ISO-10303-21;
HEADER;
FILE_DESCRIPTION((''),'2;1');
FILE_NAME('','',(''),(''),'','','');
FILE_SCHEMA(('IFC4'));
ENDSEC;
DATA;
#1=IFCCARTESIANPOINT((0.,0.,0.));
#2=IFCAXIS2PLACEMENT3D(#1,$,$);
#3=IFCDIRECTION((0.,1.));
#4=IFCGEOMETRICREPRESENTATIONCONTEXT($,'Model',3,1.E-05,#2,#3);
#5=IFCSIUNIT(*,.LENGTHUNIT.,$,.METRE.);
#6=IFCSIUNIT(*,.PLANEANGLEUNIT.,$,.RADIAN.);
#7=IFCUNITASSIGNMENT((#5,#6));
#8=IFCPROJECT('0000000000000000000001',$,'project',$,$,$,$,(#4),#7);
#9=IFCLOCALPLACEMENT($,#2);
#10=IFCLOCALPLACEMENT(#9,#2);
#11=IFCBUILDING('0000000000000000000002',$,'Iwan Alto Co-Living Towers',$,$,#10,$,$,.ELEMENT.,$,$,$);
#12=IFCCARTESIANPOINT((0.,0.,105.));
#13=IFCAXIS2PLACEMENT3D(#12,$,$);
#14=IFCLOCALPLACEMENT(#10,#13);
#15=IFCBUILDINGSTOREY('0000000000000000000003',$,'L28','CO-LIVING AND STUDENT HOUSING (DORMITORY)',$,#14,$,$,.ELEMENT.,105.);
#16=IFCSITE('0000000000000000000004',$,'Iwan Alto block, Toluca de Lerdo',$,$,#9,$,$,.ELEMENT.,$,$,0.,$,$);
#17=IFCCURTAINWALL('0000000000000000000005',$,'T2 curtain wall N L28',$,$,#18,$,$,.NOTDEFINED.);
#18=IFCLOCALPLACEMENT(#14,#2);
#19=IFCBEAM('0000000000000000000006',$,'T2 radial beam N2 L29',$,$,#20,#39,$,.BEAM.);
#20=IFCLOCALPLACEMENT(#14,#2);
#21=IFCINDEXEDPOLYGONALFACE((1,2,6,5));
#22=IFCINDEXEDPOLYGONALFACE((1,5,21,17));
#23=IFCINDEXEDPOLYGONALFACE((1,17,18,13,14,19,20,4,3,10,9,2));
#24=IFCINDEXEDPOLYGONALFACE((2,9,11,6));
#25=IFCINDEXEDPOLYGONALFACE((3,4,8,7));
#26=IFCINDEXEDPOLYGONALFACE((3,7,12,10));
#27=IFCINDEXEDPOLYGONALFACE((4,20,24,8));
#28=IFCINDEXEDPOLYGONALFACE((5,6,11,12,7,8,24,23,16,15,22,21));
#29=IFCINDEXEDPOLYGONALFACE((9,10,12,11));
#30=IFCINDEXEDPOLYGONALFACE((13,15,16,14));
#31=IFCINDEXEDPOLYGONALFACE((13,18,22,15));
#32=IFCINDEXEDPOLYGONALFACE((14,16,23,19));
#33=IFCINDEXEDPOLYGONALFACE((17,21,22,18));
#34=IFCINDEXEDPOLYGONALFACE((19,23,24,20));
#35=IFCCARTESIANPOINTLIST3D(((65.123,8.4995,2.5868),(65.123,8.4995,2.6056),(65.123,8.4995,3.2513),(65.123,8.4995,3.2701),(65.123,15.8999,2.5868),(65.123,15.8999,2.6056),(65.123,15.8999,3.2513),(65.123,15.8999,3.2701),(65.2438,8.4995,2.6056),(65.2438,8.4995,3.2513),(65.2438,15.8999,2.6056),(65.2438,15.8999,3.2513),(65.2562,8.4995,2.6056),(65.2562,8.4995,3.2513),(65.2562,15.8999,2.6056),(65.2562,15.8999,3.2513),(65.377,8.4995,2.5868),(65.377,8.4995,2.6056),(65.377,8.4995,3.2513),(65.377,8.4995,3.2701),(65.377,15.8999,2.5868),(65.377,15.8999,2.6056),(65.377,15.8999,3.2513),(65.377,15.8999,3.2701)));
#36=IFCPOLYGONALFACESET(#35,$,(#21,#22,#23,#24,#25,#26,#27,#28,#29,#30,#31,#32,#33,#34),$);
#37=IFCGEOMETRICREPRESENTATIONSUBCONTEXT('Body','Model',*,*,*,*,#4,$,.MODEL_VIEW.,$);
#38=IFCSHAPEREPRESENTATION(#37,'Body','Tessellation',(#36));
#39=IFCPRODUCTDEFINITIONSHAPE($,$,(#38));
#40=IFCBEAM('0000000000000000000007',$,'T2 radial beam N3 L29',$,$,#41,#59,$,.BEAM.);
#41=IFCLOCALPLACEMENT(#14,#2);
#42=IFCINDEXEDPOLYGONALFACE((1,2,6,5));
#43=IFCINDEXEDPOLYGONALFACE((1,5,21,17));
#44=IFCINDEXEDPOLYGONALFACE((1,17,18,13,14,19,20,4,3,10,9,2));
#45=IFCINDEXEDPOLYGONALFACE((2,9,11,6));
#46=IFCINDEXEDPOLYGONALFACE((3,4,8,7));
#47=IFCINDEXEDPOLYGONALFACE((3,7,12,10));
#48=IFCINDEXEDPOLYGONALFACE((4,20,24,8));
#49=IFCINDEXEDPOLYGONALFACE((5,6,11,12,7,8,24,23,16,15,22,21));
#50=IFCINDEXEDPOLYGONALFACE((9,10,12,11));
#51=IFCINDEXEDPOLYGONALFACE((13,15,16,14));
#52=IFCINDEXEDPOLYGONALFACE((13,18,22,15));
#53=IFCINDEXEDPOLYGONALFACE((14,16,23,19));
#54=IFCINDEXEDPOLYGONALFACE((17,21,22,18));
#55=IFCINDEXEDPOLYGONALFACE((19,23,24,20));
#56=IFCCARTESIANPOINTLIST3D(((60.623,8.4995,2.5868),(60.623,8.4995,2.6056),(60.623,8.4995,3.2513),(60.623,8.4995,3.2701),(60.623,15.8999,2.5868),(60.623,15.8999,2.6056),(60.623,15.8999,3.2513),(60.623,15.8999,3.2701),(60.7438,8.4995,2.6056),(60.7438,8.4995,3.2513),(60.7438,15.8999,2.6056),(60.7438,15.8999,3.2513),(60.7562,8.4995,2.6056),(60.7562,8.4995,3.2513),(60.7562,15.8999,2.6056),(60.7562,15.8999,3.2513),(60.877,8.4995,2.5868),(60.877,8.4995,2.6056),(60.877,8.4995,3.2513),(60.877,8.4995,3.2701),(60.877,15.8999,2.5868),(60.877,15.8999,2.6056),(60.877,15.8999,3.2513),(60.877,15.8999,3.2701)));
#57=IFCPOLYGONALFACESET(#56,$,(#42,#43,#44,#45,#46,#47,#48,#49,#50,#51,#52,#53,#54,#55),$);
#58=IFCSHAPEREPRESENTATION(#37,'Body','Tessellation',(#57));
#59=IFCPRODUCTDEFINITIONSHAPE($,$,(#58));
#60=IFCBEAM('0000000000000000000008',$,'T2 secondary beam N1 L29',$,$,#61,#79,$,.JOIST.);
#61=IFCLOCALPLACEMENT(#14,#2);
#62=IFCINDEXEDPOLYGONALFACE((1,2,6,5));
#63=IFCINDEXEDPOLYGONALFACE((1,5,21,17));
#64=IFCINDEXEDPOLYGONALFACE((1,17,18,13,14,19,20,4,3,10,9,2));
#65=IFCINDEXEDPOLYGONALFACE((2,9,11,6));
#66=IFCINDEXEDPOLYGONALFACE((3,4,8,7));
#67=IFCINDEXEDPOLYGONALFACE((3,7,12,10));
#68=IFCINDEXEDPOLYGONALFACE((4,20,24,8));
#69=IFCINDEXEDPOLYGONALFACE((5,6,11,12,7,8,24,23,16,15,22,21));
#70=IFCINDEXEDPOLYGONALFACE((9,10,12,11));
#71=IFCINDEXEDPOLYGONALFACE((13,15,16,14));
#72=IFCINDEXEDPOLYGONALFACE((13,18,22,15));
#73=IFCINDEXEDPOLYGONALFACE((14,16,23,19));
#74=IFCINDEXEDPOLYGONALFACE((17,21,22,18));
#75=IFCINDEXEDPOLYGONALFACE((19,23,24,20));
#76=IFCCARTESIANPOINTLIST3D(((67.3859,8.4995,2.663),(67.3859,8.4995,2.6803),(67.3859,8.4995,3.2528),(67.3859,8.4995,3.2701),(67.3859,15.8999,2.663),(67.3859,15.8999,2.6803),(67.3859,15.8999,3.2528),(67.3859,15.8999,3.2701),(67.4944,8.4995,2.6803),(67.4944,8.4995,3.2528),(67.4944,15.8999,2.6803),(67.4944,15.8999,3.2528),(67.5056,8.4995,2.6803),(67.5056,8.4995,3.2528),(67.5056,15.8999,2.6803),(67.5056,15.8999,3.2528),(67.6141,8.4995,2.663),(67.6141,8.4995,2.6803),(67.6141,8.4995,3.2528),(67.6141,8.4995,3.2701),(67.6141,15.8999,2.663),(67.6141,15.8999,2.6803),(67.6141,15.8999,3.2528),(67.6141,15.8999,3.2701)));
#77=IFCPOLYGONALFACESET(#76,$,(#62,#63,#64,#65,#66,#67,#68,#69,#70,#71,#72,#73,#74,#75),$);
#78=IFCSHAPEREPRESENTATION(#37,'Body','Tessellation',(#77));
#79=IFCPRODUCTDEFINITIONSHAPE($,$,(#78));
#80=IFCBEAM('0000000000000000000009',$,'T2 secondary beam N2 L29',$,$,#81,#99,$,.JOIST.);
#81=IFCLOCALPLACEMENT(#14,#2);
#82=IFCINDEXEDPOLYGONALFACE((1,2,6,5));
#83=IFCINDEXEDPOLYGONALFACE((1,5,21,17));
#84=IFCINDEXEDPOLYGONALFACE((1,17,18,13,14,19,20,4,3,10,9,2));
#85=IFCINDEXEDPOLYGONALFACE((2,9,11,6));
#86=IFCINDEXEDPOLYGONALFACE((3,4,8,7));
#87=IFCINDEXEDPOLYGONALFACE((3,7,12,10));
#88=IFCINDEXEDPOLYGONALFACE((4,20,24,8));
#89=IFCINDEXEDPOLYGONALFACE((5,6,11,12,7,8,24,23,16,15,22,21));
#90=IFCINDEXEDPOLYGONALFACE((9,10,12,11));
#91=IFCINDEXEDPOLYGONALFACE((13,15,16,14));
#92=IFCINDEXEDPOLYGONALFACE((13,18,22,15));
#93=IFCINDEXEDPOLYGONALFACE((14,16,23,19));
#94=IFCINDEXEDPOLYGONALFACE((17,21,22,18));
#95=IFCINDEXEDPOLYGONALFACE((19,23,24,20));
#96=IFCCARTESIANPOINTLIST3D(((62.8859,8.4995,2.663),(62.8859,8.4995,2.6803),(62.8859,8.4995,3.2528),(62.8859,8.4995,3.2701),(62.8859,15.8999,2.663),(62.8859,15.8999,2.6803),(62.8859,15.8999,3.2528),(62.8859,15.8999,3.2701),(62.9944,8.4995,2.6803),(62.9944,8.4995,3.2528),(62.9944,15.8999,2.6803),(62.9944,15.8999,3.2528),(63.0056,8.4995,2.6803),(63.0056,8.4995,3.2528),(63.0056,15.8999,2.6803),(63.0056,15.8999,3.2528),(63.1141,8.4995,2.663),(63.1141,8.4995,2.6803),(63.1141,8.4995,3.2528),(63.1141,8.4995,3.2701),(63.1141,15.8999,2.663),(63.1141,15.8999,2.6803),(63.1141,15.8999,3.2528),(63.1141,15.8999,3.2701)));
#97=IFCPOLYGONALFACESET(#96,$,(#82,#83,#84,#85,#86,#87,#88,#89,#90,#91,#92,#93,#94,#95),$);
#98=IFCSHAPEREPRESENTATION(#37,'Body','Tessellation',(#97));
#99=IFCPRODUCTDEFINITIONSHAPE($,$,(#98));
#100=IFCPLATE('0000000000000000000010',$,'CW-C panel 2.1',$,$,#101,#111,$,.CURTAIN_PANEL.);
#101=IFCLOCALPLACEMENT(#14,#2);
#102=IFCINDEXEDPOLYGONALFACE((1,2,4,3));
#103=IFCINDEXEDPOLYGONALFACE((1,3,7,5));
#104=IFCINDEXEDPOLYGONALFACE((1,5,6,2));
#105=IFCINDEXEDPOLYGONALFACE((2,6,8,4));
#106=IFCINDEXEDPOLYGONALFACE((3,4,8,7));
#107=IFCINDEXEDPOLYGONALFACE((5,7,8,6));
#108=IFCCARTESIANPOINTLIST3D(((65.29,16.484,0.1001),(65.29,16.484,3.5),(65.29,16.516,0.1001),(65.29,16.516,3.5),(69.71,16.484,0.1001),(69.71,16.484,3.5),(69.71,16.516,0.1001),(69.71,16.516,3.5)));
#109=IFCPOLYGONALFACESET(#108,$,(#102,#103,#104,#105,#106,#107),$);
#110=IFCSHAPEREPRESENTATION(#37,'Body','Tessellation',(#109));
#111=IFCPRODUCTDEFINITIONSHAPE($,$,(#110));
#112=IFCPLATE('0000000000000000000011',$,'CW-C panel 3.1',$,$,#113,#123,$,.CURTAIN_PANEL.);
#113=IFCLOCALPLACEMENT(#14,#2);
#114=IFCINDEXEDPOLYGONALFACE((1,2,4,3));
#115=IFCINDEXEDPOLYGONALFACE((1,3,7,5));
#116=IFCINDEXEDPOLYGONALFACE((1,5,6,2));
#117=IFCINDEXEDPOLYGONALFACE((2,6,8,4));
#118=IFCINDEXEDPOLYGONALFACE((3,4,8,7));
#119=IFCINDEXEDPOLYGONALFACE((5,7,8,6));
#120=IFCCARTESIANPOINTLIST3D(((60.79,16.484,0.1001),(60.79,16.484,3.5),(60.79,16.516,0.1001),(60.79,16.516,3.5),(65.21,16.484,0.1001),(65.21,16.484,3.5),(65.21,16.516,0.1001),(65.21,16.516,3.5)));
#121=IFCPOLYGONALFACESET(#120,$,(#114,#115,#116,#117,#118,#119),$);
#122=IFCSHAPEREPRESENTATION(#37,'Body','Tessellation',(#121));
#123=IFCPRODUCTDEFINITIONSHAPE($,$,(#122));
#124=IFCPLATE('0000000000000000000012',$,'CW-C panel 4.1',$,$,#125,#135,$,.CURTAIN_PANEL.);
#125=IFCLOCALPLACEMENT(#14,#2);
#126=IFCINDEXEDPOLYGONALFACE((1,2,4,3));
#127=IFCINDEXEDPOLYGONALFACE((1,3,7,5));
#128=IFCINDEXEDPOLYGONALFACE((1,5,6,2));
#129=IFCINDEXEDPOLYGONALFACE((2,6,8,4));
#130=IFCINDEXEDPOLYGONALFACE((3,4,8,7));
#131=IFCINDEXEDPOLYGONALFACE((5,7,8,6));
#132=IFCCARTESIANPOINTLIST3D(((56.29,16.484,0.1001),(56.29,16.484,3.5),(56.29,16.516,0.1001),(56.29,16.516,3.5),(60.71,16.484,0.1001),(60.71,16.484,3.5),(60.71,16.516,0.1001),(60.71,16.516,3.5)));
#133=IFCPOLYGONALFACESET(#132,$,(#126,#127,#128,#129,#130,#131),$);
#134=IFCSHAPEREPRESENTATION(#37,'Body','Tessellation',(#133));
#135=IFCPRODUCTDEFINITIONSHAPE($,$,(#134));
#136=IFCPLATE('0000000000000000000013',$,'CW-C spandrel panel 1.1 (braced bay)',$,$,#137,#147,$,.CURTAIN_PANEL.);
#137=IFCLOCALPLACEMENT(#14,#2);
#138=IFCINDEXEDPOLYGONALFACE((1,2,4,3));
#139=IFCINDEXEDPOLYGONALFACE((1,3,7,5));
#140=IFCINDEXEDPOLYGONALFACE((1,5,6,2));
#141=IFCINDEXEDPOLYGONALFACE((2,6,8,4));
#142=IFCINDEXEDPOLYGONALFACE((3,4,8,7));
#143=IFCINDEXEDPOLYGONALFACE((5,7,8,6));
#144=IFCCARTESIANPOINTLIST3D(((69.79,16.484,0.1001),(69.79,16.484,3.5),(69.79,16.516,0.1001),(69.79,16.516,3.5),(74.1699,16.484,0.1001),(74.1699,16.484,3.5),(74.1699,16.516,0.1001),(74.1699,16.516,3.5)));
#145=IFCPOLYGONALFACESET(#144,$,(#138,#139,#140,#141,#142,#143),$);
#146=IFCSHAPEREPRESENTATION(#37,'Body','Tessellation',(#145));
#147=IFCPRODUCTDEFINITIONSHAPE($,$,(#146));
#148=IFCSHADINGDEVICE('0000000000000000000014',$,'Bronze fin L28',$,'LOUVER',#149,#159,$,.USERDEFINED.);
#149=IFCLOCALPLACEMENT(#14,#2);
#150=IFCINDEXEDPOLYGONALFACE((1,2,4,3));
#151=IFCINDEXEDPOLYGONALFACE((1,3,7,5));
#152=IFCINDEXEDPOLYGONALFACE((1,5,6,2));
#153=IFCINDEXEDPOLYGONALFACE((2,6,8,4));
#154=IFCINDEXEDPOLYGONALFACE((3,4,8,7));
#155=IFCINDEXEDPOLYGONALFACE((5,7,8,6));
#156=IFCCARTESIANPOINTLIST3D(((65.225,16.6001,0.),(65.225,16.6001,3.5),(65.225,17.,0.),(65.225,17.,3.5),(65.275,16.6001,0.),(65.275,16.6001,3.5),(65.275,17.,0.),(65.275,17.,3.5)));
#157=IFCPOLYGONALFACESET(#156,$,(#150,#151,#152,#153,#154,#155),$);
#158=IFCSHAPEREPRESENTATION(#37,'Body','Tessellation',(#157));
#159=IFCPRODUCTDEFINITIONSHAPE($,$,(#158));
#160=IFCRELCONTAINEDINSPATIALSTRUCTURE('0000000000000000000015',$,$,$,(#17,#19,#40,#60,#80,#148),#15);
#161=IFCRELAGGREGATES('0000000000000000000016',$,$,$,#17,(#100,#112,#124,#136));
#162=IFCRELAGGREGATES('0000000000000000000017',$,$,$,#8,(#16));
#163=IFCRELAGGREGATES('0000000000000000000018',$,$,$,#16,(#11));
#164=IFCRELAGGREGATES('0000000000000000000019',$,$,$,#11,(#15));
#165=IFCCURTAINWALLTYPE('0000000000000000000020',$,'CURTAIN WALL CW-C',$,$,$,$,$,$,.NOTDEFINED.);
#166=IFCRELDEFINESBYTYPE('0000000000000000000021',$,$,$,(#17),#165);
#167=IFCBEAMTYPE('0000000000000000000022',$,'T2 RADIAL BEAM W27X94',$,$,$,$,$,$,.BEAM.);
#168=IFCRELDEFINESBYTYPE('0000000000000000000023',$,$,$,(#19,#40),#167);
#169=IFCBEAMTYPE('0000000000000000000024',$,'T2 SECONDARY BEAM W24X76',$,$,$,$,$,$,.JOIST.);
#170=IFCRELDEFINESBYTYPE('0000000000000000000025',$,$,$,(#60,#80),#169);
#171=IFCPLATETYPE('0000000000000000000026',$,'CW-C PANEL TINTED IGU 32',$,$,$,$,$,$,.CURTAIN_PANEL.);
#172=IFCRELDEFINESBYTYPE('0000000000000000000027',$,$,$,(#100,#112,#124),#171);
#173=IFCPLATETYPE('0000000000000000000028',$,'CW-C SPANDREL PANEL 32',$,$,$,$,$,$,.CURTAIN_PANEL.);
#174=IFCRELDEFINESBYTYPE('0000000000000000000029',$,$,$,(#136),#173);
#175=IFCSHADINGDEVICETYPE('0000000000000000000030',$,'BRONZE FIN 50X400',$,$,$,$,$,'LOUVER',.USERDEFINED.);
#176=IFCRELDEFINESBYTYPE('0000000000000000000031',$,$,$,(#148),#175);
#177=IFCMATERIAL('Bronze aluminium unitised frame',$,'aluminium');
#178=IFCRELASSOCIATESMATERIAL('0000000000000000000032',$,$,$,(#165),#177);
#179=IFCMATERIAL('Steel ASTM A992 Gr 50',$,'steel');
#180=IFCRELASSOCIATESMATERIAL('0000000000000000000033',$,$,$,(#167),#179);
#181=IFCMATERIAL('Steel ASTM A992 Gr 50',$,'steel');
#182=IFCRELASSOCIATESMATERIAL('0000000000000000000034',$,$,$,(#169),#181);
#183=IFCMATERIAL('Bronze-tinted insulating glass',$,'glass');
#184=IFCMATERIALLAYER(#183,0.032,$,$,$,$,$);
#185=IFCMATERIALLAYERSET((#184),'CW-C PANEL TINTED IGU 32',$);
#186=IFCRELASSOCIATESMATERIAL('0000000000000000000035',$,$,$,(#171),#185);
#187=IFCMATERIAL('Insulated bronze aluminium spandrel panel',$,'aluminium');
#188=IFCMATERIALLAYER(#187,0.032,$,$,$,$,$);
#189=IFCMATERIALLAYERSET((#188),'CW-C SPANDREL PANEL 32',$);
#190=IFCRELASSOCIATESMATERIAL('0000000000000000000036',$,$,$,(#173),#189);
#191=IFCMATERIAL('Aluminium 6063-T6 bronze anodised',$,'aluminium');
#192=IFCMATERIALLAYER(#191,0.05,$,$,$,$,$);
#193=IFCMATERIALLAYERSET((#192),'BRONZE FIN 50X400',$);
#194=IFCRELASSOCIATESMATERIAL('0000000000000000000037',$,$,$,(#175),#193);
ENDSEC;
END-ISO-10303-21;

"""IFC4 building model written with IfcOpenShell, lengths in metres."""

from ifc_helpers import new_model, si_unit, direction, frame, origin, origin_2d, place, context, subcontext, project, spatial, rectangle, i_section, extrude, material, layer, layer_set, material_profile, profile_set, type_object, element, aggregate, save


model = new_model("IFC4")

# Units and contexts
model_context = context("Model", 3, precision=1e-05, world=origin(), true_north=direction((0.0, 1.0)))
body_context = subcontext(model_context, "Body", "Model", "MODEL_VIEW")
ifc_project = project(units=[si_unit("LENGTHUNIT", "METRE"), si_unit("PLANEANGLEUNIT", "RADIAN")], contexts=[model_context])

# Site, building, storey
site_placement = place(None, origin())
site = spatial("IfcSite", under=ifc_project, at=site_placement, Name="Iwan Alto block, Toluca de Lerdo", CompositionType="ELEMENT", RefElevation=0.0)
building_placement = place(site_placement, origin())
building = spatial("IfcBuilding", under=site, at=building_placement, Name="Iwan Alto Co-Living Towers", CompositionType="ELEMENT")
storey_placement = place(building_placement, frame((0.0, 0.0, 105.0)))
storey = spatial("IfcBuildingStorey", under=building, at=storey_placement, Name="L28", Description="CO-LIVING AND STUDENT HOUSING (DORMITORY)", CompositionType="ELEMENT", Elevation=105.0)

# Curtain wall
ifc_material_1 = material(Name="Bronze aluminium unitised frame", Category="aluminium")
curtain_wall_type = type_object("IfcCurtainWallType", Name="CURTAIN WALL CW-C", PredefinedType="NOTDEFINED", material=ifc_material_1)
curtain_wall_placement = place(storey_placement, origin())
curtain_wall = element("IfcCurtainWall", 1, at=curtain_wall_placement, inside=storey, type_object=curtain_wall_type, Name="T2 curtain wall N L28", PredefinedType="NOTDEFINED")

# Beams
ifc_material_2 = material(Name="Steel ASTM A992 Gr 50", Category="steel")
ifc_material_profile_1 = material_profile(ifc_material_2, i_section(OverallWidth=0.2539, OverallDepth=0.6833, WebThickness=0.0125, FlangeThickness=0.0188, at=origin_2d()), Name="W27X94")
ifc_profile_set_1 = profile_set([ifc_material_profile_1], Name="Steel ASTM A992 Gr 50")
beam_type_1 = type_object("IfcBeamType", Name="T2 RADIAL BEAM W27X94", PredefinedType="BEAM", material=ifc_profile_set_1)
for number, where, z_axis, x_axis, name in (
    (2, (65.25, 15.8999, 2.9285), (0.0, -1.0, 0.0), (1.0, 0.0, 0.0), "T2 radial beam N2 L29"),
    (3, (60.75, 15.8999, 2.9285), (0.0, -1.0, 0.0), (1.0, 0.0, 0.0), "T2 radial beam N3 L29"),
):
    element("IfcBeam", number, at=place(storey_placement, frame(where, z_axis=z_axis, x_axis=x_axis)), inside=storey, type_object=beam_type_1, Name=name, PredefinedType="BEAM", context=body_context, shape_type="SweptSolid", body=[
        extrude(i_section(OverallWidth=0.2539, OverallDepth=0.6833, WebThickness=0.0125, FlangeThickness=0.0188, at=origin_2d()), origin(), (0.0, 0.0, 1.0), 7.4004),
    ])
ifc_material_3 = material(Name="Steel ASTM A992 Gr 50", Category="steel")
ifc_material_profile_2 = material_profile(ifc_material_3, i_section(OverallWidth=0.2283, OverallDepth=0.6072, WebThickness=0.0112, FlangeThickness=0.0173, at=origin_2d()), Name="W24X76")
ifc_profile_set_2 = profile_set([ifc_material_profile_2], Name="Steel ASTM A992 Gr 50")
beam_type_2 = type_object("IfcBeamType", Name="T2 SECONDARY BEAM W24X76", PredefinedType="JOIST", material=ifc_profile_set_2)
for number, where, z_axis, x_axis, name in (
    (4, (67.5, 15.8999, 2.9666), (0.0, -1.0, 0.0), (1.0, 0.0, 0.0), "T2 secondary beam N1 L29"),
    (5, (63.0, 15.8999, 2.9666), (0.0, -1.0, 0.0), (1.0, 0.0, 0.0), "T2 secondary beam N2 L29"),
):
    element("IfcBeam", number, at=place(storey_placement, frame(where, z_axis=z_axis, x_axis=x_axis)), inside=storey, type_object=beam_type_2, Name=name, PredefinedType="JOIST", context=body_context, shape_type="SweptSolid", body=[
        extrude(i_section(OverallWidth=0.2283, OverallDepth=0.6072, WebThickness=0.0112, FlangeThickness=0.0173, at=origin_2d()), origin(), (0.0, 0.0, 1.0), 7.4004),
    ])

# Plates
ifc_material_4 = material(Name="Bronze-tinted insulating glass", Category="glass")
ifc_layer_1 = layer(ifc_material_4, 0.032)
ifc_layer_set_1 = layer_set([ifc_layer_1], Name="CW-C PANEL TINTED IGU 32")
plate_type_1 = type_object("IfcPlateType", Name="CW-C PANEL TINTED IGU 32", PredefinedType="CURTAIN_PANEL", material=ifc_layer_set_1)
plate_1_placement = place(storey_placement, frame((67.5, 16.5, 0.1001), z_axis=(0.0, 0.0, 1.0), x_axis=(-1.0, 0.0, 0.0)))
plate_1 = element("IfcPlate", 6, at=plate_1_placement, type_object=plate_type_1, Name="CW-C panel 2.1", PredefinedType="CURTAIN_PANEL", context=body_context, shape_type="SweptSolid", body=[
    extrude(rectangle(XDim=4.4199, YDim=0.032, at=origin_2d()), origin(), (0.0, 0.0, 1.0), 3.3999),
])
plate_2_placement = place(storey_placement, frame((63.0, 16.5, 0.1001), z_axis=(0.0, 0.0, 1.0), x_axis=(-1.0, 0.0, 0.0)))
plate_2 = element("IfcPlate", 7, at=plate_2_placement, type_object=plate_type_1, Name="CW-C panel 3.1", PredefinedType="CURTAIN_PANEL", context=body_context, shape_type="SweptSolid", body=[
    extrude(rectangle(XDim=4.4199, YDim=0.032, at=origin_2d()), origin(), (0.0, 0.0, 1.0), 3.3999),
])
plate_3_placement = place(storey_placement, frame((58.5, 16.5, 0.1001), z_axis=(0.0, 0.0, 1.0), x_axis=(-1.0, 0.0, 0.0)))
plate_3 = element("IfcPlate", 8, at=plate_3_placement, type_object=plate_type_1, Name="CW-C panel 4.1", PredefinedType="CURTAIN_PANEL", context=body_context, shape_type="SweptSolid", body=[
    extrude(rectangle(XDim=4.4199, YDim=0.032, at=origin_2d()), origin(), (0.0, 0.0, 1.0), 3.3999),
])
ifc_material_5 = material(Name="Insulated bronze aluminium spandrel panel", Category="aluminium")
ifc_layer_2 = layer(ifc_material_5, 0.032)
ifc_layer_set_2 = layer_set([ifc_layer_2], Name="CW-C SPANDREL PANEL 32")
plate_type_2 = type_object("IfcPlateType", Name="CW-C SPANDREL PANEL 32", PredefinedType="CURTAIN_PANEL", material=ifc_layer_set_2)
plate_4_placement = place(storey_placement, frame((71.98, 16.5, 0.1001), z_axis=(0.0, 0.0, 1.0), x_axis=(-1.0, 0.0, 0.0)))
plate_4 = element("IfcPlate", 9, at=plate_4_placement, type_object=plate_type_2, Name="CW-C spandrel panel 1.1 (braced bay)", PredefinedType="CURTAIN_PANEL", context=body_context, shape_type="SweptSolid", body=[
    extrude(rectangle(XDim=4.3799, YDim=0.032, at=origin_2d()), origin(), (0.0, 0.0, 1.0), 3.3999),
])
aggregate(curtain_wall, [plate_1, plate_2, plate_3, plate_4])

# Shading device
ifc_material_6 = material(Name="Aluminium 6063-T6 bronze anodised", Category="aluminium")
ifc_layer_3 = layer(ifc_material_6, 0.05)
ifc_layer_set_3 = layer_set([ifc_layer_3], Name="BRONZE FIN 50X400")
shading_device_type = type_object("IfcShadingDeviceType", Name="BRONZE FIN 50X400", ElementType="LOUVER", PredefinedType="USERDEFINED", material=ifc_layer_set_3)
shading_device_placement = place(storey_placement, frame((65.25, 16.8, 0.0), z_axis=(0.0, 0.0, 1.0), x_axis=(-1.0, 0.0, 0.0)))
element("IfcShadingDevice", 10, at=shading_device_placement, inside=storey, type_object=shading_device_type, Name="Bronze fin L28", ObjectType="LOUVER", PredefinedType="USERDEFINED", context=body_context, shape_type="SweptSolid", body=[
    extrude(rectangle(XDim=0.05, YDim=0.3999, at=origin_2d()), origin(), (0.0, 0.0, 1.0), 3.5),
])

save(model, "model.ifc")
